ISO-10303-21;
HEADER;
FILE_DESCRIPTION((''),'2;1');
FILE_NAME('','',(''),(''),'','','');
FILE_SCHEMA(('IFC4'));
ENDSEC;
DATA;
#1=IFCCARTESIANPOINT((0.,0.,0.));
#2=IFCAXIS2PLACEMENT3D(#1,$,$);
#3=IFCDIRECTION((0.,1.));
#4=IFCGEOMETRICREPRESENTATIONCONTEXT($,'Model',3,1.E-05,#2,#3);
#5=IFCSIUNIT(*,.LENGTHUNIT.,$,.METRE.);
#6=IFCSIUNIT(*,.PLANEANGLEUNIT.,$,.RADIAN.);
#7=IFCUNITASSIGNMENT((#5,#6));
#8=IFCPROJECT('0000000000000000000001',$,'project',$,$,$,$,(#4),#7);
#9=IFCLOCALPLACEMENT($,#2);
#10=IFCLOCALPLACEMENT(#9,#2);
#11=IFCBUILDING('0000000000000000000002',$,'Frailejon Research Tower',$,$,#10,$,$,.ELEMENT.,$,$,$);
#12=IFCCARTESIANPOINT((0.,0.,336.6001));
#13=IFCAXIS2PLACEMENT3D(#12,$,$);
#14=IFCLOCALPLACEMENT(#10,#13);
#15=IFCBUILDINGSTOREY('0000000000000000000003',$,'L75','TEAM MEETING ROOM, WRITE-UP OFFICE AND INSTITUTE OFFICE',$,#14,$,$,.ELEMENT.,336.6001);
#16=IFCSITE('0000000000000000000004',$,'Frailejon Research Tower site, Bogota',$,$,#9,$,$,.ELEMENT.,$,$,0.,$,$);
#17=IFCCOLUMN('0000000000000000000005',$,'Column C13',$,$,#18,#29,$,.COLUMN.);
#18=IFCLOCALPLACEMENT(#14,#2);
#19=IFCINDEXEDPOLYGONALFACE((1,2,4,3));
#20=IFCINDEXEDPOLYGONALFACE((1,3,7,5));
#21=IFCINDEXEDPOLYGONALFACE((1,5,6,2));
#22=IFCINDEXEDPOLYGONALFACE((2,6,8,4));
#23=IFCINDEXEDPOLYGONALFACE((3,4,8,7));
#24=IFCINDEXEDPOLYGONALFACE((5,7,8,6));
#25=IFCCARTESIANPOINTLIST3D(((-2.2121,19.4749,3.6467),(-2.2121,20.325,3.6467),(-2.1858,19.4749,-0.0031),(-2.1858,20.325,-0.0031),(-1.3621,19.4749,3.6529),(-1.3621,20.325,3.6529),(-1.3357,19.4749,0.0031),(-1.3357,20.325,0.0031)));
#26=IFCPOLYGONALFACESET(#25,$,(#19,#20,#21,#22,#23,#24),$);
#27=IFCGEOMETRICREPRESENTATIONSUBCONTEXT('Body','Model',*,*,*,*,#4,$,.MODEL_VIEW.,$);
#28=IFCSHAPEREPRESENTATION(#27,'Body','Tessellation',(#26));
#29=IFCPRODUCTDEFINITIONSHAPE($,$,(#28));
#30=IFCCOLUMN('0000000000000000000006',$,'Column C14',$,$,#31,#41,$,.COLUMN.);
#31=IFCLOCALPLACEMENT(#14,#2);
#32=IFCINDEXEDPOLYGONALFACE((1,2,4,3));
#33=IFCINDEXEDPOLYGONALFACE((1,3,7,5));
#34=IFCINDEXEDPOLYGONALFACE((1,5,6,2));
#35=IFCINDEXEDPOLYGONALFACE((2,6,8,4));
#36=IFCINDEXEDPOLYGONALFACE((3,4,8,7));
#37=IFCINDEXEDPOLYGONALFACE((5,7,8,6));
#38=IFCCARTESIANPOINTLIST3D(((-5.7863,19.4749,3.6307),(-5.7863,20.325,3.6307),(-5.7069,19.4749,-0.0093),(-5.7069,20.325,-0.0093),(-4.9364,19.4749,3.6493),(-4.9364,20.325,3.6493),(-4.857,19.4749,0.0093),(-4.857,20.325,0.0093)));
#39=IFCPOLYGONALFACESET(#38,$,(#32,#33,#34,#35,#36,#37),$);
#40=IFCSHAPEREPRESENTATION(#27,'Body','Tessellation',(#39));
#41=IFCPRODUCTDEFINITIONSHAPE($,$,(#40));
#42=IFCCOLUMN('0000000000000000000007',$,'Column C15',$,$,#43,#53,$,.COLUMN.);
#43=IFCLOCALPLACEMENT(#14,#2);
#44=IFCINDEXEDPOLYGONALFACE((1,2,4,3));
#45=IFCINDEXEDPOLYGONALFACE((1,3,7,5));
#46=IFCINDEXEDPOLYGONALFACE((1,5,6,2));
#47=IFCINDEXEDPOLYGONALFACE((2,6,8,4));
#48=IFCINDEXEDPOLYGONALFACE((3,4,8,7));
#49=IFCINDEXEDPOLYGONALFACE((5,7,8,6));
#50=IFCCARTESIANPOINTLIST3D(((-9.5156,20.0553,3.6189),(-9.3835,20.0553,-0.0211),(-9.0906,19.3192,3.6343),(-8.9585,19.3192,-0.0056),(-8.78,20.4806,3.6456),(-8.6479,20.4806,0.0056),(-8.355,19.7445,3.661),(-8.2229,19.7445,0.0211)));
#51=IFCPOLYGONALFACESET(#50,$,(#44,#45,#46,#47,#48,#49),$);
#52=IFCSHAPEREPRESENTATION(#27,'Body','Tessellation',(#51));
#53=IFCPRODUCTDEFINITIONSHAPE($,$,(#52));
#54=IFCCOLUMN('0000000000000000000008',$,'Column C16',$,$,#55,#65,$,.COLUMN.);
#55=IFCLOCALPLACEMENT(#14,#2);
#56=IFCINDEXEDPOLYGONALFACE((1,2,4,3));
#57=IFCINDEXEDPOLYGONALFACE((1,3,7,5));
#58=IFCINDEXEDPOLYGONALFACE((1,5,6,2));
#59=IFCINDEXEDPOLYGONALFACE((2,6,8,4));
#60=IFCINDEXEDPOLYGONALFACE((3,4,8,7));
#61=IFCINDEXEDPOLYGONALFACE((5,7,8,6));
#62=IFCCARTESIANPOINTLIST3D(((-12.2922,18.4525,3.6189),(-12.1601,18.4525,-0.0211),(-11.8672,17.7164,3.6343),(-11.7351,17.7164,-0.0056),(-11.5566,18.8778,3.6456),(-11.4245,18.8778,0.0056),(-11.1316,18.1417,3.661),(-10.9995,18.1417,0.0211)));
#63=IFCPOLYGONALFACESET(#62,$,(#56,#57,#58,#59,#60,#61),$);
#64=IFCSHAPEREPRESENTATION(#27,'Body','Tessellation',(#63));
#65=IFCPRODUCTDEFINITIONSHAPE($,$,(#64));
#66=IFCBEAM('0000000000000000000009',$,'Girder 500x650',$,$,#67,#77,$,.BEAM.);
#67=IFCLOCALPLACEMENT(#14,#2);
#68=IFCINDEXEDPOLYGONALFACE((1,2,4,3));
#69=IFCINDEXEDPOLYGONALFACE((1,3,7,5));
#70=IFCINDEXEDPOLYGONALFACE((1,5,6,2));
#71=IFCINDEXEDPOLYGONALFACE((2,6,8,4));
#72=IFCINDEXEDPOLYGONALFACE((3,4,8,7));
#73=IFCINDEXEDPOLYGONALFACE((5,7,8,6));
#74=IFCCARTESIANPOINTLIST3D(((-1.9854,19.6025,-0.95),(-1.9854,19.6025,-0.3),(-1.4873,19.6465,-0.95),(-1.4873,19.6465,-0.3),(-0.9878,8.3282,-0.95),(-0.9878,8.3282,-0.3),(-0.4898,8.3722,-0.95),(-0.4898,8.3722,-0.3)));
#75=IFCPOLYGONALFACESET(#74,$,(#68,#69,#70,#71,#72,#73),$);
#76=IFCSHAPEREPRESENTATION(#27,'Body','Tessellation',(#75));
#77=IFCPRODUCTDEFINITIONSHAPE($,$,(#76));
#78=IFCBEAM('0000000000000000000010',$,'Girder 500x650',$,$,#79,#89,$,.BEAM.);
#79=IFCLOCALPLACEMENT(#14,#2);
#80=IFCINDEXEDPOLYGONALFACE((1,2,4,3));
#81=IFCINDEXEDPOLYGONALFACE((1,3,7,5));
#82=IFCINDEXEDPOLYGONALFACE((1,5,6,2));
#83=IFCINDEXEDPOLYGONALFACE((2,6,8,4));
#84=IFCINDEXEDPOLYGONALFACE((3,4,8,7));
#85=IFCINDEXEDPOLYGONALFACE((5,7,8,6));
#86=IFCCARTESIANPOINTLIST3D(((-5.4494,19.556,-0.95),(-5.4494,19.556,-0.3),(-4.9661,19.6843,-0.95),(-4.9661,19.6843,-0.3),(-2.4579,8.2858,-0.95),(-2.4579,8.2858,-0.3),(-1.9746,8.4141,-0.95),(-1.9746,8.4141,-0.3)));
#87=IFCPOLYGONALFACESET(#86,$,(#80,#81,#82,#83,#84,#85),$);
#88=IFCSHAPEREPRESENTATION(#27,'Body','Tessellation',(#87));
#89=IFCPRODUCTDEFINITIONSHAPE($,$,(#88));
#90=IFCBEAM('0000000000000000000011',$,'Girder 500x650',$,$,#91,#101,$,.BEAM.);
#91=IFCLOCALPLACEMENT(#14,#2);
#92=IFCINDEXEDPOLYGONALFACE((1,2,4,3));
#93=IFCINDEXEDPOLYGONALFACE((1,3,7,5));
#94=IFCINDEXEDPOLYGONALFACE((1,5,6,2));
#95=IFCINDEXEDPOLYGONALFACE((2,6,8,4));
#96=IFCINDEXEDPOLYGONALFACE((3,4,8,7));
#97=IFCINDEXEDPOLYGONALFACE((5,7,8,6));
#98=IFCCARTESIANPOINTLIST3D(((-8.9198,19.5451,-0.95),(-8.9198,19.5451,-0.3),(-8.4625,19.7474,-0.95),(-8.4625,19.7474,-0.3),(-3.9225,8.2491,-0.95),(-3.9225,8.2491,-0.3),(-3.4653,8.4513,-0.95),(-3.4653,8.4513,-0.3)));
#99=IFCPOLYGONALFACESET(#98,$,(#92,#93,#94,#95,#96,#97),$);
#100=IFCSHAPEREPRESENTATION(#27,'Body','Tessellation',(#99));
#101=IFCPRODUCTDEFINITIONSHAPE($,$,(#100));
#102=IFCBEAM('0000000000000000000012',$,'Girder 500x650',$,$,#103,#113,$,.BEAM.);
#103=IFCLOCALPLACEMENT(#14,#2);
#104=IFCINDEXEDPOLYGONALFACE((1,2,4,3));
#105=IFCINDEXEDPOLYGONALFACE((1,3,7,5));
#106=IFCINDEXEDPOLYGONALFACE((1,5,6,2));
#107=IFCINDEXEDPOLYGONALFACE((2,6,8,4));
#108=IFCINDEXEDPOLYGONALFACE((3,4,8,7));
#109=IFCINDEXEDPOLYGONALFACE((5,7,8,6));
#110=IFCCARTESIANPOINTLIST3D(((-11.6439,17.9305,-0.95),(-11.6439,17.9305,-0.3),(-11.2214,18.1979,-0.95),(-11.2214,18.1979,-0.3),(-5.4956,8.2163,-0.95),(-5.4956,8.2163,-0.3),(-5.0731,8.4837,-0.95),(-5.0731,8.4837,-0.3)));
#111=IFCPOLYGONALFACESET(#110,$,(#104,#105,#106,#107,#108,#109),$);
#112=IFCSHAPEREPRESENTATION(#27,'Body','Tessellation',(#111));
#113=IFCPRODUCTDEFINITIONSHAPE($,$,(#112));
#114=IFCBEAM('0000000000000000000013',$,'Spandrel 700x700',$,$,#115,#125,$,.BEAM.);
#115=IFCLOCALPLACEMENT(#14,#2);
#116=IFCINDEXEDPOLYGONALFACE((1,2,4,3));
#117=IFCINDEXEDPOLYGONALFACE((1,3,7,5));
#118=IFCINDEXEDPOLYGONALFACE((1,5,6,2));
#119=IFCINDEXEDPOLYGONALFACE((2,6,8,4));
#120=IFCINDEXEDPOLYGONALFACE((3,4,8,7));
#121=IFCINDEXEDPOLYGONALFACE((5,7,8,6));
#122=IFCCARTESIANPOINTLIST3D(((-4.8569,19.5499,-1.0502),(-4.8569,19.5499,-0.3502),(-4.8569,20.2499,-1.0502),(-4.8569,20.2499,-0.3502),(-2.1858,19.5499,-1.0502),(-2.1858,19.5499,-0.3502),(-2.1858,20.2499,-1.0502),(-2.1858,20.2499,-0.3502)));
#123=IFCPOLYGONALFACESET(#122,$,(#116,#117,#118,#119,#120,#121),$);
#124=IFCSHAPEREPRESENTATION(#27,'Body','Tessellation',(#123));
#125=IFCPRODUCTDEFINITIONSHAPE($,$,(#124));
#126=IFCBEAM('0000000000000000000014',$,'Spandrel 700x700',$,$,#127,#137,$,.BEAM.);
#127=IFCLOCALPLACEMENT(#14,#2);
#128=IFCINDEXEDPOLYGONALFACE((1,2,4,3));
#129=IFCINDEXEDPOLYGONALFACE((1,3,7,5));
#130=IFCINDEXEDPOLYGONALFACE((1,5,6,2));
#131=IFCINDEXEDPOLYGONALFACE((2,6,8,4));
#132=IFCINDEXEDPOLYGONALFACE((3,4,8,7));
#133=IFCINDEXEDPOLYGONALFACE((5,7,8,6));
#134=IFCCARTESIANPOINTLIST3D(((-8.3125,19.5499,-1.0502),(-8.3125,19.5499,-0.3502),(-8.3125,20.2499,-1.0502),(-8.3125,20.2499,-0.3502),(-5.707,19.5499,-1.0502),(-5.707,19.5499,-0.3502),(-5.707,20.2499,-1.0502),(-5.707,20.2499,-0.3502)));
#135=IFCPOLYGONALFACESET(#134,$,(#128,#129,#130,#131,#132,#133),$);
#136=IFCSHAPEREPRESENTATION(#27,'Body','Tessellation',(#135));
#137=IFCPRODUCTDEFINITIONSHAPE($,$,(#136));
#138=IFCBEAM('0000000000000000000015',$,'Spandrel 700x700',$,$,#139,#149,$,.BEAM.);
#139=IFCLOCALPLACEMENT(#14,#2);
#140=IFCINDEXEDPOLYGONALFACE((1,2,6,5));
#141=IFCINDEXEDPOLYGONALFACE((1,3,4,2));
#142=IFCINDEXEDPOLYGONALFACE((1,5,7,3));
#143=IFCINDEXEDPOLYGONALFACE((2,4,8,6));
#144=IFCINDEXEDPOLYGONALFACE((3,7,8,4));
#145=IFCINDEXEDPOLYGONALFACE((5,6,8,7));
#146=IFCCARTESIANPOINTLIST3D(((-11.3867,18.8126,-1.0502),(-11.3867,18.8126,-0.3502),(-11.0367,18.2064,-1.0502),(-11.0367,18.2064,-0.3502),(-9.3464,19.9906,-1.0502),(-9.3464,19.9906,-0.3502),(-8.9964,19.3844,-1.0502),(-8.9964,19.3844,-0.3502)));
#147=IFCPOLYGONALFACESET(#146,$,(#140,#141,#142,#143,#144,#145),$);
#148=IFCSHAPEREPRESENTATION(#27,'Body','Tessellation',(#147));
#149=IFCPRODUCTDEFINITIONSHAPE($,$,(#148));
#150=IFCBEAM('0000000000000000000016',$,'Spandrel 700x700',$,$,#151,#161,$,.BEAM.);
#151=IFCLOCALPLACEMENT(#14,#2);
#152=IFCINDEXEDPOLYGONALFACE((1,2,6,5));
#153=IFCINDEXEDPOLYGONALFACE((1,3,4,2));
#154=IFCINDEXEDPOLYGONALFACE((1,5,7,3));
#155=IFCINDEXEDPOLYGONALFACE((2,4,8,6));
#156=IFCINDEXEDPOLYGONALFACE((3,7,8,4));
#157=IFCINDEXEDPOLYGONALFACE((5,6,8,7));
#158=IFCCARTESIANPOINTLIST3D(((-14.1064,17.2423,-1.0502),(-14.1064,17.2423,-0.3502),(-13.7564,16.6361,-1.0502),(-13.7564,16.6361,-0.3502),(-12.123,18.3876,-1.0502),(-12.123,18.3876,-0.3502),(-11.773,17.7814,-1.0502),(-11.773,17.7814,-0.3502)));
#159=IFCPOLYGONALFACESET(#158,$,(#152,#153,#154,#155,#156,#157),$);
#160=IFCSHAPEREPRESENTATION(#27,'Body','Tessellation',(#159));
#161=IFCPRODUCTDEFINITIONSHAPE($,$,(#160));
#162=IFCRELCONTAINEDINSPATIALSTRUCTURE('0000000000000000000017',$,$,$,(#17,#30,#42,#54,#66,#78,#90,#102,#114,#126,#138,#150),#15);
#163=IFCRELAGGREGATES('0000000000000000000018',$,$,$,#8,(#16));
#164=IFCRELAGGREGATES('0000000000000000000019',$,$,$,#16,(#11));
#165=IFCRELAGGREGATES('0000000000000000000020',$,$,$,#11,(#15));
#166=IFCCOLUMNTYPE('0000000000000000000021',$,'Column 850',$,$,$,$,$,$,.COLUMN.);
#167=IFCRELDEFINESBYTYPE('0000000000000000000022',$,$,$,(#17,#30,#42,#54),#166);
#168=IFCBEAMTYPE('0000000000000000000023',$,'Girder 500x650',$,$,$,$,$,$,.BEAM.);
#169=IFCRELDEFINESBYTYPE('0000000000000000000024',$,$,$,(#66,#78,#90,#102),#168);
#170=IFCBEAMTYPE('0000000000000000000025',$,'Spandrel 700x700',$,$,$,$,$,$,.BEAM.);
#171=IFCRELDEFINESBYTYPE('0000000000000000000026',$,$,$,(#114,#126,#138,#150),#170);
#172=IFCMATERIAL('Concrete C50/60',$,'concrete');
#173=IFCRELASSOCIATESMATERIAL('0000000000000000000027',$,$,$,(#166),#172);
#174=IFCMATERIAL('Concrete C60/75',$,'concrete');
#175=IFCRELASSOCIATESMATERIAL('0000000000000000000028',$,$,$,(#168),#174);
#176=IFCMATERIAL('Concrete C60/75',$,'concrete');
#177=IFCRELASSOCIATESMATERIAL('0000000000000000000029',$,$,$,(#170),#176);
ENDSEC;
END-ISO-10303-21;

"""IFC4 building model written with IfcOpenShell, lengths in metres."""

from ifc_helpers import new_model, si_unit, direction, frame, origin, origin_2d, place, context, subcontext, project, spatial, rectangle, extrude, material, material_profile, profile_set, type_object, element, save


model = new_model("IFC4")

# Units and contexts
model_context = context("Model", 3, precision=1e-05, world=origin(), true_north=direction((0.0, 1.0)))
body_context = subcontext(model_context, "Body", "Model", "MODEL_VIEW")
ifc_project = project(units=[si_unit("LENGTHUNIT", "METRE"), si_unit("PLANEANGLEUNIT", "RADIAN")], contexts=[model_context])

# Site, building, storey
site_placement = place(None, origin())
site = spatial("IfcSite", under=ifc_project, at=site_placement, Name="Frailejon Research Tower site, Bogota", CompositionType="ELEMENT", RefElevation=0.0)
building_placement = place(site_placement, origin())
building = spatial("IfcBuilding", under=site, at=building_placement, Name="Frailejon Research Tower", CompositionType="ELEMENT")
storey_placement = place(building_placement, frame((0.0, 0.0, 336.6001)))
storey = spatial("IfcBuildingStorey", under=building, at=storey_placement, Name="L75", Description="TEAM MEETING ROOM, WRITE-UP OFFICE AND INSTITUTE OFFICE", CompositionType="ELEMENT", Elevation=336.6001)

# Columns
ifc_material_1 = material(Name="Concrete C50/60", Category="concrete")
ifc_material_profile_1 = material_profile(ifc_material_1, rectangle(XDim=0.8501, YDim=0.8501, at=origin_2d()), Name="Column 850")
ifc_profile_set_1 = profile_set([ifc_material_profile_1], Name="Concrete C50/60")
column_type = type_object("IfcColumnType", Name="Column 850", PredefinedType="COLUMN", material=ifc_profile_set_1)
column_1_placement = place(storey_placement, frame((-1.7607, 19.8999, 0.0), z_axis=(-0.007224, 0.0, 0.999974), x_axis=(-0.999974, 0.0, -0.007224)))
element("IfcColumn", 1, at=column_1_placement, inside=storey, type_object=column_type, Name="Column C13", PredefinedType="COLUMN", context=body_context, shape_type="SweptSolid", body=[
    extrude(rectangle(XDim=0.8501, YDim=0.8501, at=origin_2d()), origin(), (0.0, 0.0, 1.0), 3.6499),
])
column_2_placement = place(storey_placement, frame((-5.282, 19.8999, 0.0), z_axis=(-0.021794, 0.0, 0.999762), x_axis=(-0.999762, 0.0, -0.021794)))
element("IfcColumn", 2, at=column_2_placement, inside=storey, type_object=column_type, Name="Column C14", PredefinedType="COLUMN", context=body_context, shape_type="SweptSolid", body=[
    extrude(rectangle(XDim=0.8501, YDim=0.8501, at=origin_2d()), origin(), (0.0, 0.0, 1.0), 3.6409),
])
for number, where, z_axis, x_axis, name in (
    (3, (-8.8032, 19.8999, 0.0), (-0.036263, 0.0, 0.999342), (-0.865314, -0.500246, -0.031399), "Column C15"),
    (4, (-11.5798, 18.2971, 0.0), (-0.036263, 0.0, 0.999342), (-0.865314, -0.500246, -0.031399), "Column C16"),
):
    element("IfcColumn", number, at=place(storey_placement, frame(where, z_axis=z_axis, x_axis=x_axis)), inside=storey, type_object=column_type, Name=name, PredefinedType="COLUMN", context=body_context, shape_type="SweptSolid", body=[
        extrude(rectangle(XDim=0.8501, YDim=0.8501, at=origin_2d()), origin(), (0.0, 0.0, 1.0), 3.6423),
    ])

# Beams
ifc_material_2 = material(Name="Concrete C60/75", Category="concrete")
ifc_material_profile_2 = material_profile(ifc_material_2, rectangle(XDim=0.5, YDim=0.6499, at=origin_2d()), Name="Girder 500x650")
ifc_profile_set_2 = profile_set([ifc_material_profile_2], Name="Concrete C60/75")
beam_type_1 = type_object("IfcBeamType", Name="Girder 500x650", PredefinedType="BEAM", material=ifc_profile_set_2)
beam_1_placement = place(storey_placement, frame((-1.7363, 19.6245, -0.625), z_axis=(0.088136, -0.996108, 0.0), x_axis=(0.996108, 0.088136, 0.0)))
element("IfcBeam", 5, at=beam_1_placement, inside=storey, type_object=beam_type_1, Name="Girder 500x650", PredefinedType="BEAM", context=body_context, shape_type="SweptSolid", body=[
    extrude(rectangle(XDim=0.5, YDim=0.6499, at=origin_2d()), origin(), (0.0, 0.0, 1.0), 11.3184),
])
beam_2_placement = place(storey_placement, frame((-5.2078, 19.6201, -0.625), z_axis=(0.256551, -0.966531, 0.0), x_axis=(0.966531, 0.256551, 0.0)))
element("IfcBeam", 6, at=beam_2_placement, inside=storey, type_object=beam_type_1, Name="Girder 500x650", PredefinedType="BEAM", context=body_context, shape_type="SweptSolid", body=[
    extrude(rectangle(XDim=0.5, YDim=0.6499, at=origin_2d()), origin(), (0.0, 0.0, 1.0), 11.6604),
])
beam_3_placement = place(storey_placement, frame((-8.6912, 19.6462, -0.625), z_axis=(0.40457, -0.914507, 0.0), x_axis=(0.914507, 0.40457, 0.0)))
element("IfcBeam", 7, at=beam_3_placement, inside=storey, type_object=beam_type_1, Name="Girder 500x650", PredefinedType="BEAM", context=body_context, shape_type="SweptSolid", body=[
    extrude(rectangle(XDim=0.5, YDim=0.6499, at=origin_2d()), origin(), (0.0, 0.0, 1.0), 12.3521),
])
beam_4_placement = place(storey_placement, frame((-11.4326, 18.0642, -0.625), z_axis=(0.534799, -0.844979, 0.0), x_axis=(0.844979, 0.534799, 0.0)))
element("IfcBeam", 8, at=beam_4_placement, inside=storey, type_object=beam_type_1, Name="Girder 500x650", PredefinedType="BEAM", context=body_context, shape_type="SweptSolid", body=[
    extrude(rectangle(XDim=0.5, YDim=0.6499, at=origin_2d()), origin(), (0.0, 0.0, 1.0), 11.4963),
])
ifc_material_3 = material(Name="Concrete C60/75", Category="concrete")
ifc_material_profile_3 = material_profile(ifc_material_3, rectangle(XDim=0.7, YDim=0.7, at=origin_2d()), Name="Spandrel 700x700")
ifc_profile_set_3 = profile_set([ifc_material_profile_3], Name="Concrete C60/75")
beam_type_2 = type_object("IfcBeamType", Name="Spandrel 700x700", PredefinedType="BEAM", material=ifc_profile_set_3)
beam_5_placement = place(storey_placement, frame((-2.1858, 19.8999, -0.7002), z_axis=(-1.0, 0.0, 0.0), x_axis=(0.0, -1.0, 0.0)))
element("IfcBeam", 9, at=beam_5_placement, inside=storey, type_object=beam_type_2, Name="Spandrel 700x700", PredefinedType="BEAM", context=body_context, shape_type="SweptSolid", body=[
    extrude(rectangle(XDim=0.7, YDim=0.7, at=origin_2d()), origin(), (0.0, 0.0, 1.0), 2.6711),
])
beam_6_placement = place(storey_placement, frame((-5.707, 19.8999, -0.7002), z_axis=(-1.0, 0.0, 0.0), x_axis=(0.0, -1.0, 0.0)))
element("IfcBeam", 10, at=beam_6_placement, inside=storey, type_object=beam_type_2, Name="Spandrel 700x700", PredefinedType="BEAM", context=body_context, shape_type="SweptSolid", body=[
    extrude(rectangle(XDim=0.7, YDim=0.7, at=origin_2d()), origin(), (0.0, 0.0, 1.0), 2.6055),
])
beam_7_placement = place(storey_placement, frame((-9.1714, 19.6875, -0.7002), z_axis=(-0.866022, -0.500007, 0.0), x_axis=(0.500007, -0.866022, 0.0)))
element("IfcBeam", 11, at=beam_7_placement, inside=storey, type_object=beam_type_2, Name="Spandrel 700x700", PredefinedType="BEAM", context=body_context, shape_type="SweptSolid", body=[
    extrude(rectangle(XDim=0.7, YDim=0.7, at=origin_2d()), origin(), (0.0, 0.0, 1.0), 2.356),
])
beam_8_placement = place(storey_placement, frame((-11.948, 18.0845, -0.7002), z_axis=(-0.865997, -0.500048, 0.0), x_axis=(0.500048, -0.865997, 0.0)))
element("IfcBeam", 12, at=beam_8_placement, inside=storey, type_object=beam_type_2, Name="Spandrel 700x700", PredefinedType="BEAM", context=body_context, shape_type="SweptSolid", body=[
    extrude(rectangle(XDim=0.7, YDim=0.7, at=origin_2d()), origin(), (0.0, 0.0, 1.0), 2.2903),
])

save(model, "model.ifc")
